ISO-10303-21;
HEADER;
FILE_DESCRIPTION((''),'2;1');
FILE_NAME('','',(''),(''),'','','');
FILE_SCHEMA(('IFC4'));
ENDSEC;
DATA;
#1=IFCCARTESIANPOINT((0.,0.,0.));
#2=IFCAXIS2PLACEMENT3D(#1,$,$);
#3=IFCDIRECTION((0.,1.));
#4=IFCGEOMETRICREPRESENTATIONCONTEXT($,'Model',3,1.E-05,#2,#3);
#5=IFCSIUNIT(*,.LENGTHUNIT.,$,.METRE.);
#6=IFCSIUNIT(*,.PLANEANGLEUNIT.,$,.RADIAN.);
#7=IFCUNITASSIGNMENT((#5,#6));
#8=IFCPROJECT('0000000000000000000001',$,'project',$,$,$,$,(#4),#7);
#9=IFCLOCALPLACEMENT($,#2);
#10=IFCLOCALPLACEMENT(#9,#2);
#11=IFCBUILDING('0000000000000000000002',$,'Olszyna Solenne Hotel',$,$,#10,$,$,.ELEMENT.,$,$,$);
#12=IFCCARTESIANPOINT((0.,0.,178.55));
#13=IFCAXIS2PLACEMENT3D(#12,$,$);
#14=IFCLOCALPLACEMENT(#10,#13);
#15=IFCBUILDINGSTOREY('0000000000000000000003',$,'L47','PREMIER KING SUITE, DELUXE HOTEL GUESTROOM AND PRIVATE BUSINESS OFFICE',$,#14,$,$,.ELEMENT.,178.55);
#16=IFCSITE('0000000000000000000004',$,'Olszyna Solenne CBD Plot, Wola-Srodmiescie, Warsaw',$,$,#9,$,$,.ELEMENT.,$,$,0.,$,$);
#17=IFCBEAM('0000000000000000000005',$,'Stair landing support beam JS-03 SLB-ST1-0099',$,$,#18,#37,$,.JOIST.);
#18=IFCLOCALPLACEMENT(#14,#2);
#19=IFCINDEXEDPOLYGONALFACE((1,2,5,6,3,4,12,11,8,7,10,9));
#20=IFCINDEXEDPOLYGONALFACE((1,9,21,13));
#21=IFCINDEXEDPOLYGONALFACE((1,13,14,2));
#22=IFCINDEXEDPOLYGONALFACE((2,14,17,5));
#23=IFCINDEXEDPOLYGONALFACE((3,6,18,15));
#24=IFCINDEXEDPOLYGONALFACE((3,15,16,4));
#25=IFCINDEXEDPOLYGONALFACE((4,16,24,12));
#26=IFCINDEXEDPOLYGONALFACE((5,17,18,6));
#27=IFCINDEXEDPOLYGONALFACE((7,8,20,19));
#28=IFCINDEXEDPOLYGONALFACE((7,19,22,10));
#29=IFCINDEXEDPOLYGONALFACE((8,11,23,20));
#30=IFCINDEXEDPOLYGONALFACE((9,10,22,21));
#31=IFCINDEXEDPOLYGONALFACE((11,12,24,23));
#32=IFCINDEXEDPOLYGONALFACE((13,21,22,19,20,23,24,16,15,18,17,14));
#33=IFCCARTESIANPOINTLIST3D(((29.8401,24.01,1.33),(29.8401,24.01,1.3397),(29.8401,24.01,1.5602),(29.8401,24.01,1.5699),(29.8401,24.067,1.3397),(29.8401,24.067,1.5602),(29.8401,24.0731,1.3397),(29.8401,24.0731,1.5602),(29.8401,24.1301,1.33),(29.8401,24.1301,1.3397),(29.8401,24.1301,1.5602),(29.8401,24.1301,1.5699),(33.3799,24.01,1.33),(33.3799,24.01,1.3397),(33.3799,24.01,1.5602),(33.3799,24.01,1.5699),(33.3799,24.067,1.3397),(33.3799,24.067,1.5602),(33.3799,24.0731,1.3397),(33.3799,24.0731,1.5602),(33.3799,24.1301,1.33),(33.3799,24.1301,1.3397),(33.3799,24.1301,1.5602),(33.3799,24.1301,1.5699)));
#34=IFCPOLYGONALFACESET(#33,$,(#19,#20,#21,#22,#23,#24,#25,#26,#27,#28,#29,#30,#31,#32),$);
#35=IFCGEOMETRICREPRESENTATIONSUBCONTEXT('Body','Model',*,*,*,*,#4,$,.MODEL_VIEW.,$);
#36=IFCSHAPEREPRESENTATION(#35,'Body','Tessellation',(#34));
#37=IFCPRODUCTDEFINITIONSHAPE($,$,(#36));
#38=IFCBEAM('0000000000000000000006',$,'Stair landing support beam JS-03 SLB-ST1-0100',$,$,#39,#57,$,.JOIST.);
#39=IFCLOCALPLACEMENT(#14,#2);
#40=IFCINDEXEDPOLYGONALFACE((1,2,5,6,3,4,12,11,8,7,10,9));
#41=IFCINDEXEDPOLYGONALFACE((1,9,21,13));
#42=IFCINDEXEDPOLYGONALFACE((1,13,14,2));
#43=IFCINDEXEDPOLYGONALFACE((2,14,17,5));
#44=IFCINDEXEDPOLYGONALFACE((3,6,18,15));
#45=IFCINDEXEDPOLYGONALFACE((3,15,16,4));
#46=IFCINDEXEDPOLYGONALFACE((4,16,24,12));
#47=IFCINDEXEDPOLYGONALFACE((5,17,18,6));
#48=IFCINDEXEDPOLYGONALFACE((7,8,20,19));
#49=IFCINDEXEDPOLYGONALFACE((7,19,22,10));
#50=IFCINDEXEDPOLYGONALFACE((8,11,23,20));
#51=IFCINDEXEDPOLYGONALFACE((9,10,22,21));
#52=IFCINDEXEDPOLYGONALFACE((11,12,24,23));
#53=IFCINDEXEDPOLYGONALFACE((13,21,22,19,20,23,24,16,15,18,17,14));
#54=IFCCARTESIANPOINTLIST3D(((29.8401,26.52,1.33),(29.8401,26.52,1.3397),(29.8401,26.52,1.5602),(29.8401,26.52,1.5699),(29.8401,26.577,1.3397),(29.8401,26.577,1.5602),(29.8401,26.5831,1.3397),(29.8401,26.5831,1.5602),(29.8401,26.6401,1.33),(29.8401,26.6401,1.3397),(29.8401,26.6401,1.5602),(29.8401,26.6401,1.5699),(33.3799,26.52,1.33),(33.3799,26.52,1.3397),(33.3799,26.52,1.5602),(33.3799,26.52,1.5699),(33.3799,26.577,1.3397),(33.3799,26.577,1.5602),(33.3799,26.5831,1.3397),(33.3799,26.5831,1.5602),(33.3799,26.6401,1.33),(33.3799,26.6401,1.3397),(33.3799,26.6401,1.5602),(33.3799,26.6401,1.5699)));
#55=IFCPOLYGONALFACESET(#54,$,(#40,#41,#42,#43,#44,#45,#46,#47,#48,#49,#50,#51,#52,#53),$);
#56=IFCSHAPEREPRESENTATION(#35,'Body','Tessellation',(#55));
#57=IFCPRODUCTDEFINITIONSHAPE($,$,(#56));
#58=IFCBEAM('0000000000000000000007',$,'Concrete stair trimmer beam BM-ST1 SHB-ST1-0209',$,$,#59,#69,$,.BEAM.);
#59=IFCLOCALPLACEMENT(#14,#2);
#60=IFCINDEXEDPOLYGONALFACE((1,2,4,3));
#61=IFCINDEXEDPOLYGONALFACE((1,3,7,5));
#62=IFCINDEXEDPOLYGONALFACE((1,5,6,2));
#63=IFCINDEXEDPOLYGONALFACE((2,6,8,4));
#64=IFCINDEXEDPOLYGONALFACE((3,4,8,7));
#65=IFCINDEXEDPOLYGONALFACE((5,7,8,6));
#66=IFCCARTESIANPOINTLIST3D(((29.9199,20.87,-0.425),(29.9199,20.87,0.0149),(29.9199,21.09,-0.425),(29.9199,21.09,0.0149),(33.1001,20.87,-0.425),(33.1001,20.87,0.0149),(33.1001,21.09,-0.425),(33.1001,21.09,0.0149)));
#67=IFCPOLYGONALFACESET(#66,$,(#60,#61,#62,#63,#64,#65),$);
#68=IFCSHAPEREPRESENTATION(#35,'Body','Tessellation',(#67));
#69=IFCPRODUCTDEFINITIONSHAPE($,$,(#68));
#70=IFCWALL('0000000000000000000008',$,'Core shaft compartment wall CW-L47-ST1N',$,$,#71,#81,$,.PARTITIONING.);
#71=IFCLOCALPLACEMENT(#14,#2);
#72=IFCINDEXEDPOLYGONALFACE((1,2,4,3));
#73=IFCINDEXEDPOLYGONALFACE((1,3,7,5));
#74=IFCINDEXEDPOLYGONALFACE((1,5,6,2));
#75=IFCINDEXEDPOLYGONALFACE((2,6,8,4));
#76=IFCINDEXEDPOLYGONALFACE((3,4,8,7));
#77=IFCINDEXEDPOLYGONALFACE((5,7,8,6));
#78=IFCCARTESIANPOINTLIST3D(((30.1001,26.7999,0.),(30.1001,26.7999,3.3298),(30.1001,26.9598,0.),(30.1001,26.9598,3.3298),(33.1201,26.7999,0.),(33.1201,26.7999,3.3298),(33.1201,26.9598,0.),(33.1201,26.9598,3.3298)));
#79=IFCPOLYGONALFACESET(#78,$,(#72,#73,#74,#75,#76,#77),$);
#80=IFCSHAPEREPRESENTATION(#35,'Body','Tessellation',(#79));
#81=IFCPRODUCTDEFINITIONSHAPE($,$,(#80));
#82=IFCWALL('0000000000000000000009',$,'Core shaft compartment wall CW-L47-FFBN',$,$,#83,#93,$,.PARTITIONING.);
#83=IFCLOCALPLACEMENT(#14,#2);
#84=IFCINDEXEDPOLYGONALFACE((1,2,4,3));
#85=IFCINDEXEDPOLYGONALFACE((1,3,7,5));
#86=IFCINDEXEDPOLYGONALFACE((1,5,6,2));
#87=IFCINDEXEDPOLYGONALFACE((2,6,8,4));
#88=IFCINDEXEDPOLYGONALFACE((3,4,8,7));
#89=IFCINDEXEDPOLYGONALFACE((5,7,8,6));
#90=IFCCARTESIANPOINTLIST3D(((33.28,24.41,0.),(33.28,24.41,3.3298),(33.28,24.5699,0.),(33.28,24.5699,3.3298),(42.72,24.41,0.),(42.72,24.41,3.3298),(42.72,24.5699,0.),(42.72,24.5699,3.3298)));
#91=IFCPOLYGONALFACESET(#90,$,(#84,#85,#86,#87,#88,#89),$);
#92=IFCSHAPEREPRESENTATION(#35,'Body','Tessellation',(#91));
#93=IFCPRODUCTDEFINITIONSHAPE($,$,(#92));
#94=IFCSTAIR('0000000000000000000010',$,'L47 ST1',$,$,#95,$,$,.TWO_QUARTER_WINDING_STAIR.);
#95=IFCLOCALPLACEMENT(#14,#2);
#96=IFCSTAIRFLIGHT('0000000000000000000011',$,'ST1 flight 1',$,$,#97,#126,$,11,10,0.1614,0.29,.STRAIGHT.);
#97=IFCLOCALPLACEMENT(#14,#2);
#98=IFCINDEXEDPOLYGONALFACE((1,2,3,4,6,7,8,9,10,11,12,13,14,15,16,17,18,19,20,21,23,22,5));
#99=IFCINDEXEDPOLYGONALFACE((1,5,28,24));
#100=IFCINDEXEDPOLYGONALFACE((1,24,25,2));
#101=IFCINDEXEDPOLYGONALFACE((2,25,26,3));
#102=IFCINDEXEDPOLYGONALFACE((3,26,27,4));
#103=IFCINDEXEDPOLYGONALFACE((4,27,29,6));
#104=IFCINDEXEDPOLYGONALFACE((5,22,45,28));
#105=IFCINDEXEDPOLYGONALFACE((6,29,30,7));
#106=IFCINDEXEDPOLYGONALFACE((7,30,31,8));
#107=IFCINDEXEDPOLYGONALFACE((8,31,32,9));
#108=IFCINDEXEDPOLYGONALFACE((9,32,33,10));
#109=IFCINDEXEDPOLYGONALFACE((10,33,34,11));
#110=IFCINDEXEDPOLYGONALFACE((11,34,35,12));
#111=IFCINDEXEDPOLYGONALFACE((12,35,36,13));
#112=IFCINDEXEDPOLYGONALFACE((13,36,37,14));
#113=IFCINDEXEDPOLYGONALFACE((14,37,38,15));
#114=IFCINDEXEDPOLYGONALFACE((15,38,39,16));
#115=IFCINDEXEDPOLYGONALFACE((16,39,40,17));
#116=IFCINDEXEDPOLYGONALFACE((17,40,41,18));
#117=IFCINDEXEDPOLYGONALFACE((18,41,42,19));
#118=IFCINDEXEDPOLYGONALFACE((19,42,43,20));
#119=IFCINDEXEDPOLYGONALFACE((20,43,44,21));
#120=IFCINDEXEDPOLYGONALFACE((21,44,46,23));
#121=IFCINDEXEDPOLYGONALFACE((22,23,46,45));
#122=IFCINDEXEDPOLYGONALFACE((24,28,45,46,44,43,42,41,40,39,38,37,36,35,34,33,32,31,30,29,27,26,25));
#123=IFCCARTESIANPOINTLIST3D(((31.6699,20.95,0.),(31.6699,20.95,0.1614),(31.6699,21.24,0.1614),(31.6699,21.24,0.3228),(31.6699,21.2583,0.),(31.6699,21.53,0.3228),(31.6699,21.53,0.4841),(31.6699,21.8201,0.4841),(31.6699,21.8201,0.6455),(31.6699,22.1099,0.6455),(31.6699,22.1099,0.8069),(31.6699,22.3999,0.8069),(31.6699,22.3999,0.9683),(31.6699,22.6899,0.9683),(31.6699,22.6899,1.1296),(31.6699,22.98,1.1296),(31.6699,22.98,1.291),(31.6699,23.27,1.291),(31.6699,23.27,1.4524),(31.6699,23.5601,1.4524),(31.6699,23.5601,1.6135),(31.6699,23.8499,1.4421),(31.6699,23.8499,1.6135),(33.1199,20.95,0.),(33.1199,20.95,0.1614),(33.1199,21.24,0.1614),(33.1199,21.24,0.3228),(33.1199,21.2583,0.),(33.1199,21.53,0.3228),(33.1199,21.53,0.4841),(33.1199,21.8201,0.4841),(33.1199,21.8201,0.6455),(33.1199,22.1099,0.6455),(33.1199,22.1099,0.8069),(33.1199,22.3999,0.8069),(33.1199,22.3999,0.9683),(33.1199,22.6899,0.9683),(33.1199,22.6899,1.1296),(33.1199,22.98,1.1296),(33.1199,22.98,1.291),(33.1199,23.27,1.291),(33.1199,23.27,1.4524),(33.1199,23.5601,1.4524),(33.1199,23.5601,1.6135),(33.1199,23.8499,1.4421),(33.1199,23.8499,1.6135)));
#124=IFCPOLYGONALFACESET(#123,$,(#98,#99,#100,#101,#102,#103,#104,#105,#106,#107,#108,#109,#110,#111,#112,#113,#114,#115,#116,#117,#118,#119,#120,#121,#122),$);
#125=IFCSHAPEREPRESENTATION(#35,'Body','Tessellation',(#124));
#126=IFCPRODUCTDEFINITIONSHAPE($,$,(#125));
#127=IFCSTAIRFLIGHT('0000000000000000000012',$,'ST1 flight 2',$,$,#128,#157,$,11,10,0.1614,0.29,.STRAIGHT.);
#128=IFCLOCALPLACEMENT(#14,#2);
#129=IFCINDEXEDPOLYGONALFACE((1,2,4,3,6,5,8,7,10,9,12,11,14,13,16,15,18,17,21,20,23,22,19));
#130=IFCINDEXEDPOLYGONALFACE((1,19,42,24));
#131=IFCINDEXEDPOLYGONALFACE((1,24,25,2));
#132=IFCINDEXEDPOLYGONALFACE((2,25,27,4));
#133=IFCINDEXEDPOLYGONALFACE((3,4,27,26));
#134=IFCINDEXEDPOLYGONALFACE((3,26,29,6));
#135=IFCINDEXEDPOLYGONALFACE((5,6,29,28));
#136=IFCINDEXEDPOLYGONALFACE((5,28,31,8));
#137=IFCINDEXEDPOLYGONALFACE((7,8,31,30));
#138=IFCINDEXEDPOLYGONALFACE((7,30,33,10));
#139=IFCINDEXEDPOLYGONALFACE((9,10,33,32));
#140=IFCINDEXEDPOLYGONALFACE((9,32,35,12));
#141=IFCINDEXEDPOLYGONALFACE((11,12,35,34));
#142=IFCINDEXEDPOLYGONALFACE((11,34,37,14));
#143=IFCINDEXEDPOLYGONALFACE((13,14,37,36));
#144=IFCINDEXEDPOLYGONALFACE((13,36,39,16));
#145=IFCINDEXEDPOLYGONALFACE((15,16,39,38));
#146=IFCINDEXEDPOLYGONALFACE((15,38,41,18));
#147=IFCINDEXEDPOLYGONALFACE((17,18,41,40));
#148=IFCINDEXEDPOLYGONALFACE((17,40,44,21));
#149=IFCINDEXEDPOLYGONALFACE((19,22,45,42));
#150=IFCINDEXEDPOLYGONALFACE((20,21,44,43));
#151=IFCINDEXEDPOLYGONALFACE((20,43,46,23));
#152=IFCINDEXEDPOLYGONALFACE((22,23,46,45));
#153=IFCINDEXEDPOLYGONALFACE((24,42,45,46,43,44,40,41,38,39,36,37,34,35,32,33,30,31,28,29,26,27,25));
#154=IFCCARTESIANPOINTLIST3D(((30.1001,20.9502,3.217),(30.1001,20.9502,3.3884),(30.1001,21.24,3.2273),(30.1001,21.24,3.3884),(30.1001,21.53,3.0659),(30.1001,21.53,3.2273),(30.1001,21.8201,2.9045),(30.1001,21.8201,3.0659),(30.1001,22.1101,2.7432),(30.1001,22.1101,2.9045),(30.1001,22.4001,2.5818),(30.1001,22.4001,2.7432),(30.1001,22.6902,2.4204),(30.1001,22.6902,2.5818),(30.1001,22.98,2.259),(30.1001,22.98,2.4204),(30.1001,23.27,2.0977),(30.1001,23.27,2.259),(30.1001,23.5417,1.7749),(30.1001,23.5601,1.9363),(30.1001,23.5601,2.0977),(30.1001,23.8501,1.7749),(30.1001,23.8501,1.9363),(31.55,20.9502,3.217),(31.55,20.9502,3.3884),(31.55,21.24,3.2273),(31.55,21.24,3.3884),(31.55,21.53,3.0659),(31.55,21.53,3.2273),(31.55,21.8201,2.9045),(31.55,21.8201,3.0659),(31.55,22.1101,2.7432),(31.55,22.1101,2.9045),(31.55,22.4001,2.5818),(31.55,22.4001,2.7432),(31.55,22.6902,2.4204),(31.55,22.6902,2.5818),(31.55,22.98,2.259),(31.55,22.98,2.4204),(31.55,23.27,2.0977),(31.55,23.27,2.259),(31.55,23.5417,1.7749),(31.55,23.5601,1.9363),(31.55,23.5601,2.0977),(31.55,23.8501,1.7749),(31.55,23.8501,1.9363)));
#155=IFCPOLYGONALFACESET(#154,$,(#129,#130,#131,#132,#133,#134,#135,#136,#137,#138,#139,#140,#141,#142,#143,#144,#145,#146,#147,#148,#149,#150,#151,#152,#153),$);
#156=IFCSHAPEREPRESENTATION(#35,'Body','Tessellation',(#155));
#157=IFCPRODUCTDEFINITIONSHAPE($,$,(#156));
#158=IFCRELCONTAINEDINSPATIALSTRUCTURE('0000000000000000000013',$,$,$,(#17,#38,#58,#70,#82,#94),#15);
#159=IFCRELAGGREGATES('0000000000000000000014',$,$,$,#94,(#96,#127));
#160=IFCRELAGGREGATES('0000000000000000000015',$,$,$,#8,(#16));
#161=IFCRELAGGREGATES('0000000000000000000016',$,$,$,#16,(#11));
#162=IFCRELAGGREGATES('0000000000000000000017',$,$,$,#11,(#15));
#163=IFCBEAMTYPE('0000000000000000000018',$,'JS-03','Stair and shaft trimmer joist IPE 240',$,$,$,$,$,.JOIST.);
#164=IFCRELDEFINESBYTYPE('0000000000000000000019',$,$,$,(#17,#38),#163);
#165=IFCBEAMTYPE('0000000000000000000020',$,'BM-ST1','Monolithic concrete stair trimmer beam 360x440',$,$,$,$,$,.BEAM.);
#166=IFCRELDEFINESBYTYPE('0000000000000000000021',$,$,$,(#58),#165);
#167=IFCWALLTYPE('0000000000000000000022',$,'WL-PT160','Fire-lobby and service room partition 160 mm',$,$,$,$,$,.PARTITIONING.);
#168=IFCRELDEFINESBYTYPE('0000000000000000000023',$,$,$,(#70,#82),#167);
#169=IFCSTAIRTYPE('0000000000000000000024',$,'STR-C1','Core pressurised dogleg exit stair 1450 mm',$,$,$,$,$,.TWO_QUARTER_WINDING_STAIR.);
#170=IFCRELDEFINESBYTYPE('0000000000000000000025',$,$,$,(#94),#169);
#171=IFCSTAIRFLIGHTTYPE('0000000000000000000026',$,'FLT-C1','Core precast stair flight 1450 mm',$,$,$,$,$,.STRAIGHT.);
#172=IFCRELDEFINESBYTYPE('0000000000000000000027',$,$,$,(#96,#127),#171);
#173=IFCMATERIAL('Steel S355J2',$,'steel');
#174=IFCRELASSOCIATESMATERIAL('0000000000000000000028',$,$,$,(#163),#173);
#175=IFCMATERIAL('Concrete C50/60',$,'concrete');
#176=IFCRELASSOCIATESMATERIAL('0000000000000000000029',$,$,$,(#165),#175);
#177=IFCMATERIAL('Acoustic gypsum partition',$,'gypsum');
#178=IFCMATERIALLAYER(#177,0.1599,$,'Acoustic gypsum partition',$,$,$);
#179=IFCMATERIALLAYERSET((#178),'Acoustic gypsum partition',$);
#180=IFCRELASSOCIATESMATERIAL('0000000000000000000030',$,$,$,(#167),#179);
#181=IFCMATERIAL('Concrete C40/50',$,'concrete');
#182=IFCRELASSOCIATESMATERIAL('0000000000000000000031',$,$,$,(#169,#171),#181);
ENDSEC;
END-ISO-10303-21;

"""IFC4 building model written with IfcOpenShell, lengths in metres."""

from ifc_helpers import new_model, si_unit, direction, frame, frame_2d, origin, origin_2d, place, context, subcontext, project, spatial, polyline, rectangle, i_section, outline, extrude, source, transform, mapped, material, layer, layer_set, material_profile, profile_set, type_object, element, aggregate, save


model = new_model("IFC4")

# Units and contexts
model_context = context("Model", 3, precision=1e-05, world=origin(), true_north=direction((0.0, 1.0)))
body_context = subcontext(model_context, "Body", "Model", "MODEL_VIEW")
ifc_project = project(units=[si_unit("LENGTHUNIT", "METRE"), si_unit("PLANEANGLEUNIT", "RADIAN")], contexts=[model_context])

# Site, building, storey
site_placement = place(None, origin())
site = spatial("IfcSite", under=ifc_project, at=site_placement, Name="Olszyna Solenne CBD Plot, Wola-Srodmiescie, Warsaw", CompositionType="ELEMENT", RefElevation=0.0)
building_placement = place(site_placement, origin())
building = spatial("IfcBuilding", under=site, at=building_placement, Name="Olszyna Solenne Hotel", CompositionType="ELEMENT")
storey_placement = place(building_placement, frame((0.0, 0.0, 178.55)))
storey = spatial("IfcBuildingStorey", under=building, at=storey_placement, Name="L47", Description="PREMIER KING SUITE, DELUXE HOTEL GUESTROOM AND PRIVATE BUSINESS OFFICE", CompositionType="ELEMENT", Elevation=178.55)

# Beams
ifc_material_1 = material(Name="Steel S355J2", Category="steel")
ifc_material_profile_1 = material_profile(ifc_material_1, i_section(OverallWidth=0.1201, OverallDepth=0.24, WebThickness=0.0061, FlangeThickness=0.0098, at=origin_2d()), Name="IPE 240", Category="load-bearing")
ifc_profile_set_1 = profile_set([ifc_material_profile_1], Name="Steel S355J2")
beam_type_1 = type_object("IfcBeamType", Name="JS-03", Description="Stair and shaft trimmer joist IPE 240", PredefinedType="JOIST", material=ifc_profile_set_1)
shared_shape_1 = source(origin(), body_context, "Body", "SweptSolid", [
    extrude(i_section(OverallWidth=0.1201, OverallDepth=0.24, WebThickness=0.0061, FlangeThickness=0.0098, at=origin_2d()), origin(), (0.0, 0.0, 1.0), 3.5398),
])
for number, where, z_axis, x_axis, name in (
    (1, (33.3799, 24.0701, 1.45), (-1.0, 0.0, 0.0), (0.0, -1.0, 0.0), "Stair landing support beam JS-03 SLB-ST1-0099"),
    (2, (33.3799, 26.5801, 1.45), (-1.0, 0.0, 0.0), (0.0, -1.0, 0.0), "Stair landing support beam JS-03 SLB-ST1-0100"),
):
    element("IfcBeam", number, at=place(storey_placement, frame(where, z_axis=z_axis, x_axis=x_axis)), inside=storey, type_object=beam_type_1, Name=name, PredefinedType="JOIST", context=body_context, shape_type="MappedRepresentation", body=[
        mapped(shared_shape_1, transform((0.0, 0.0, 0.0), x_axis=(1.0, 0.0, 0.0), y_axis=(0.0, 1.0, 0.0), z_axis=(0.0, 0.0, 1.0), scale=1.0)),
    ])
ifc_material_2 = material(Name="Concrete C50/60", Category="concrete")
ifc_material_profile_2 = material_profile(ifc_material_2, rectangle(XDim=0.22, YDim=0.4399, at=origin_2d()), Name="RC 220x440", Category="load-bearing")
ifc_profile_set_2 = profile_set([ifc_material_profile_2], Name="Concrete C50/60")
beam_type_2 = type_object("IfcBeamType", Name="BM-ST1", Description="Monolithic concrete stair trimmer beam 360x440", PredefinedType="BEAM", material=ifc_profile_set_2)
shared_shape_2 = source(origin(), body_context, "Body", "SweptSolid", [
    extrude(rectangle(XDim=0.22, YDim=0.4399, at=origin_2d()), origin(), (0.0, 0.0, 1.0), 3.1802),
])
beam_placement = place(storey_placement, frame((33.1001, 20.98, -0.2051), z_axis=(-1.0, 0.0, 0.0), x_axis=(0.0, -1.0, 0.0)))
element("IfcBeam", 3, at=beam_placement, inside=storey, type_object=beam_type_2, Name="Concrete stair trimmer beam BM-ST1 SHB-ST1-0209", PredefinedType="BEAM", context=body_context, shape_type="MappedRepresentation", body=[
    mapped(shared_shape_2, transform((0.0, 0.0, 0.0), x_axis=(1.0, 0.0, 0.0), y_axis=(0.0, 1.0, 0.0), z_axis=(0.0, 0.0, 1.0), scale=1.0)),
])

# Walls
ifc_material_3 = material(Name="Acoustic gypsum partition", Category="gypsum")
ifc_layer = layer(ifc_material_3, 0.1599, Name="Acoustic gypsum partition")
ifc_layer_set = layer_set([ifc_layer], Name="Acoustic gypsum partition")
wall_type = type_object("IfcWallType", Name="WL-PT160", Description="Fire-lobby and service room partition 160 mm", PredefinedType="PARTITIONING", material=ifc_layer_set)
wall_1_placement = place(storey_placement, frame((30.1001, 26.8799, 0.0), z_axis=(0.0, 0.0, 1.0), x_axis=(1.0, 0.0, 0.0)))
element("IfcWall", 4, at=wall_1_placement, inside=storey, type_object=wall_type, Name="Core shaft compartment wall CW-L47-ST1N", PredefinedType="PARTITIONING", context=body_context, shape_type="SweptSolid", body=[
    extrude(rectangle(XDim=3.02, YDim=0.1599, at=frame_2d((1.51, 0.0))), origin(), (0.0, 0.0, 1.0), 3.3298),
])
wall_2_placement = place(storey_placement, frame((33.28, 24.49, 0.0), z_axis=(0.0, 0.0, 1.0), x_axis=(1.0, 0.0, 0.0)))
element("IfcWall", 5, at=wall_2_placement, inside=storey, type_object=wall_type, Name="Core shaft compartment wall CW-L47-FFBN", PredefinedType="PARTITIONING", context=body_context, shape_type="SweptSolid", body=[
    extrude(rectangle(XDim=9.4399, YDim=0.1599, at=frame_2d((4.72, 0.0))), origin(), (0.0, 0.0, 1.0), 3.3298),
])

# Stair, stair flights
ifc_material_4 = material(Name="Concrete C40/50", Category="concrete")
stair_type = type_object("IfcStairType", Name="STR-C1", Description="Core pressurised dogleg exit stair 1450 mm", PredefinedType="TWO_QUARTER_WINDING_STAIR", material=ifc_material_4)
stair_placement = place(storey_placement, origin())
stair = element("IfcStair", 6, at=stair_placement, inside=storey, type_object=stair_type, Name="L47 ST1", PredefinedType="TWO_QUARTER_WINDING_STAIR")
stair_flight_type = type_object("IfcStairFlightType", Name="FLT-C1", Description="Core precast stair flight 1450 mm", PredefinedType="STRAIGHT", material=ifc_material_4)
stair_flight_1_placement = place(storey_placement, frame((32.395, 20.95, 0.0), z_axis=(0.0, 0.0, 1.0), x_axis=(0.0, 1.0, 0.0)))
stair_flight_1 = element("IfcStairFlight", 7, at=stair_flight_1_placement, type_object=stair_flight_type, Name="ST1 flight 1", NumberOfRisers=11, NumberOfTreads=10, PredefinedType="STRAIGHT", RiserHeight=0.1614, TreadLength=0.29, context=body_context, shape_type="SweptSolid", body=[
    extrude(outline(polyline([(0.0, 0.0), (0.0, 0.1614), (0.29, 0.1614), (0.29, 0.3228), (0.5801, 0.3228), (0.5801, 0.4841), (0.8701, 0.4841), (0.8701, 0.6455), (1.1599, 0.6455), (1.1599, 0.8069), (1.45, 0.8069), (1.45, 0.9683), (1.74, 0.9683), (1.74, 1.1296), (2.03, 1.1296), (2.03, 1.291), (2.3201, 1.291), (2.3201, 1.4524), (2.6101, 1.4524), (2.6101, 1.6135), (2.8999, 1.6135), (2.8999, 1.7749), (2.8999, 1.4421), (0.3083, 0.0), (0.0, 0.0)])), frame((0.0, 0.7251, 0.0), z_axis=(0.0, -1.0, 0.0), x_axis=(1.0, 0.0, 0.0)), (0.0, 0.0, 1.0), 1.45),
])
stair_flight_2_placement = place(storey_placement, frame((30.825, 23.8501, 1.7749), z_axis=(0.0, 0.0, 1.0), x_axis=(0.0, -1.0, 0.0)))
stair_flight_2 = element("IfcStairFlight", 8, at=stair_flight_2_placement, type_object=stair_flight_type, Name="ST1 flight 2", NumberOfRisers=11, NumberOfTreads=10, PredefinedType="STRAIGHT", RiserHeight=0.1614, TreadLength=0.29, context=body_context, shape_type="SweptSolid", body=[
    extrude(outline(polyline([(0.0, 0.0), (0.0, 0.1614), (0.29, 0.1614), (0.29, 0.3228), (0.5801, 0.3228), (0.5801, 0.4841), (0.8701, 0.4841), (0.8701, 0.6455), (1.1599, 0.6455), (1.1599, 0.8069), (1.45, 0.8069), (1.45, 0.9683), (1.74, 0.9683), (1.74, 1.1296), (2.03, 1.1296), (2.03, 1.291), (2.3201, 1.291), (2.3201, 1.4524), (2.6101, 1.4524), (2.6101, 1.6135), (2.8999, 1.6135), (2.8999, 1.7749), (2.8999, 1.4421), (0.3083, 0.0), (0.0, 0.0)])), frame((0.0, 0.7251, 0.0), z_axis=(0.0, -1.0, 0.0), x_axis=(1.0, 0.0, 0.0)), (0.0, 0.0, 1.0), 1.45),
])
aggregate(stair, [stair_flight_1, stair_flight_2])

save(model, "model.ifc")
